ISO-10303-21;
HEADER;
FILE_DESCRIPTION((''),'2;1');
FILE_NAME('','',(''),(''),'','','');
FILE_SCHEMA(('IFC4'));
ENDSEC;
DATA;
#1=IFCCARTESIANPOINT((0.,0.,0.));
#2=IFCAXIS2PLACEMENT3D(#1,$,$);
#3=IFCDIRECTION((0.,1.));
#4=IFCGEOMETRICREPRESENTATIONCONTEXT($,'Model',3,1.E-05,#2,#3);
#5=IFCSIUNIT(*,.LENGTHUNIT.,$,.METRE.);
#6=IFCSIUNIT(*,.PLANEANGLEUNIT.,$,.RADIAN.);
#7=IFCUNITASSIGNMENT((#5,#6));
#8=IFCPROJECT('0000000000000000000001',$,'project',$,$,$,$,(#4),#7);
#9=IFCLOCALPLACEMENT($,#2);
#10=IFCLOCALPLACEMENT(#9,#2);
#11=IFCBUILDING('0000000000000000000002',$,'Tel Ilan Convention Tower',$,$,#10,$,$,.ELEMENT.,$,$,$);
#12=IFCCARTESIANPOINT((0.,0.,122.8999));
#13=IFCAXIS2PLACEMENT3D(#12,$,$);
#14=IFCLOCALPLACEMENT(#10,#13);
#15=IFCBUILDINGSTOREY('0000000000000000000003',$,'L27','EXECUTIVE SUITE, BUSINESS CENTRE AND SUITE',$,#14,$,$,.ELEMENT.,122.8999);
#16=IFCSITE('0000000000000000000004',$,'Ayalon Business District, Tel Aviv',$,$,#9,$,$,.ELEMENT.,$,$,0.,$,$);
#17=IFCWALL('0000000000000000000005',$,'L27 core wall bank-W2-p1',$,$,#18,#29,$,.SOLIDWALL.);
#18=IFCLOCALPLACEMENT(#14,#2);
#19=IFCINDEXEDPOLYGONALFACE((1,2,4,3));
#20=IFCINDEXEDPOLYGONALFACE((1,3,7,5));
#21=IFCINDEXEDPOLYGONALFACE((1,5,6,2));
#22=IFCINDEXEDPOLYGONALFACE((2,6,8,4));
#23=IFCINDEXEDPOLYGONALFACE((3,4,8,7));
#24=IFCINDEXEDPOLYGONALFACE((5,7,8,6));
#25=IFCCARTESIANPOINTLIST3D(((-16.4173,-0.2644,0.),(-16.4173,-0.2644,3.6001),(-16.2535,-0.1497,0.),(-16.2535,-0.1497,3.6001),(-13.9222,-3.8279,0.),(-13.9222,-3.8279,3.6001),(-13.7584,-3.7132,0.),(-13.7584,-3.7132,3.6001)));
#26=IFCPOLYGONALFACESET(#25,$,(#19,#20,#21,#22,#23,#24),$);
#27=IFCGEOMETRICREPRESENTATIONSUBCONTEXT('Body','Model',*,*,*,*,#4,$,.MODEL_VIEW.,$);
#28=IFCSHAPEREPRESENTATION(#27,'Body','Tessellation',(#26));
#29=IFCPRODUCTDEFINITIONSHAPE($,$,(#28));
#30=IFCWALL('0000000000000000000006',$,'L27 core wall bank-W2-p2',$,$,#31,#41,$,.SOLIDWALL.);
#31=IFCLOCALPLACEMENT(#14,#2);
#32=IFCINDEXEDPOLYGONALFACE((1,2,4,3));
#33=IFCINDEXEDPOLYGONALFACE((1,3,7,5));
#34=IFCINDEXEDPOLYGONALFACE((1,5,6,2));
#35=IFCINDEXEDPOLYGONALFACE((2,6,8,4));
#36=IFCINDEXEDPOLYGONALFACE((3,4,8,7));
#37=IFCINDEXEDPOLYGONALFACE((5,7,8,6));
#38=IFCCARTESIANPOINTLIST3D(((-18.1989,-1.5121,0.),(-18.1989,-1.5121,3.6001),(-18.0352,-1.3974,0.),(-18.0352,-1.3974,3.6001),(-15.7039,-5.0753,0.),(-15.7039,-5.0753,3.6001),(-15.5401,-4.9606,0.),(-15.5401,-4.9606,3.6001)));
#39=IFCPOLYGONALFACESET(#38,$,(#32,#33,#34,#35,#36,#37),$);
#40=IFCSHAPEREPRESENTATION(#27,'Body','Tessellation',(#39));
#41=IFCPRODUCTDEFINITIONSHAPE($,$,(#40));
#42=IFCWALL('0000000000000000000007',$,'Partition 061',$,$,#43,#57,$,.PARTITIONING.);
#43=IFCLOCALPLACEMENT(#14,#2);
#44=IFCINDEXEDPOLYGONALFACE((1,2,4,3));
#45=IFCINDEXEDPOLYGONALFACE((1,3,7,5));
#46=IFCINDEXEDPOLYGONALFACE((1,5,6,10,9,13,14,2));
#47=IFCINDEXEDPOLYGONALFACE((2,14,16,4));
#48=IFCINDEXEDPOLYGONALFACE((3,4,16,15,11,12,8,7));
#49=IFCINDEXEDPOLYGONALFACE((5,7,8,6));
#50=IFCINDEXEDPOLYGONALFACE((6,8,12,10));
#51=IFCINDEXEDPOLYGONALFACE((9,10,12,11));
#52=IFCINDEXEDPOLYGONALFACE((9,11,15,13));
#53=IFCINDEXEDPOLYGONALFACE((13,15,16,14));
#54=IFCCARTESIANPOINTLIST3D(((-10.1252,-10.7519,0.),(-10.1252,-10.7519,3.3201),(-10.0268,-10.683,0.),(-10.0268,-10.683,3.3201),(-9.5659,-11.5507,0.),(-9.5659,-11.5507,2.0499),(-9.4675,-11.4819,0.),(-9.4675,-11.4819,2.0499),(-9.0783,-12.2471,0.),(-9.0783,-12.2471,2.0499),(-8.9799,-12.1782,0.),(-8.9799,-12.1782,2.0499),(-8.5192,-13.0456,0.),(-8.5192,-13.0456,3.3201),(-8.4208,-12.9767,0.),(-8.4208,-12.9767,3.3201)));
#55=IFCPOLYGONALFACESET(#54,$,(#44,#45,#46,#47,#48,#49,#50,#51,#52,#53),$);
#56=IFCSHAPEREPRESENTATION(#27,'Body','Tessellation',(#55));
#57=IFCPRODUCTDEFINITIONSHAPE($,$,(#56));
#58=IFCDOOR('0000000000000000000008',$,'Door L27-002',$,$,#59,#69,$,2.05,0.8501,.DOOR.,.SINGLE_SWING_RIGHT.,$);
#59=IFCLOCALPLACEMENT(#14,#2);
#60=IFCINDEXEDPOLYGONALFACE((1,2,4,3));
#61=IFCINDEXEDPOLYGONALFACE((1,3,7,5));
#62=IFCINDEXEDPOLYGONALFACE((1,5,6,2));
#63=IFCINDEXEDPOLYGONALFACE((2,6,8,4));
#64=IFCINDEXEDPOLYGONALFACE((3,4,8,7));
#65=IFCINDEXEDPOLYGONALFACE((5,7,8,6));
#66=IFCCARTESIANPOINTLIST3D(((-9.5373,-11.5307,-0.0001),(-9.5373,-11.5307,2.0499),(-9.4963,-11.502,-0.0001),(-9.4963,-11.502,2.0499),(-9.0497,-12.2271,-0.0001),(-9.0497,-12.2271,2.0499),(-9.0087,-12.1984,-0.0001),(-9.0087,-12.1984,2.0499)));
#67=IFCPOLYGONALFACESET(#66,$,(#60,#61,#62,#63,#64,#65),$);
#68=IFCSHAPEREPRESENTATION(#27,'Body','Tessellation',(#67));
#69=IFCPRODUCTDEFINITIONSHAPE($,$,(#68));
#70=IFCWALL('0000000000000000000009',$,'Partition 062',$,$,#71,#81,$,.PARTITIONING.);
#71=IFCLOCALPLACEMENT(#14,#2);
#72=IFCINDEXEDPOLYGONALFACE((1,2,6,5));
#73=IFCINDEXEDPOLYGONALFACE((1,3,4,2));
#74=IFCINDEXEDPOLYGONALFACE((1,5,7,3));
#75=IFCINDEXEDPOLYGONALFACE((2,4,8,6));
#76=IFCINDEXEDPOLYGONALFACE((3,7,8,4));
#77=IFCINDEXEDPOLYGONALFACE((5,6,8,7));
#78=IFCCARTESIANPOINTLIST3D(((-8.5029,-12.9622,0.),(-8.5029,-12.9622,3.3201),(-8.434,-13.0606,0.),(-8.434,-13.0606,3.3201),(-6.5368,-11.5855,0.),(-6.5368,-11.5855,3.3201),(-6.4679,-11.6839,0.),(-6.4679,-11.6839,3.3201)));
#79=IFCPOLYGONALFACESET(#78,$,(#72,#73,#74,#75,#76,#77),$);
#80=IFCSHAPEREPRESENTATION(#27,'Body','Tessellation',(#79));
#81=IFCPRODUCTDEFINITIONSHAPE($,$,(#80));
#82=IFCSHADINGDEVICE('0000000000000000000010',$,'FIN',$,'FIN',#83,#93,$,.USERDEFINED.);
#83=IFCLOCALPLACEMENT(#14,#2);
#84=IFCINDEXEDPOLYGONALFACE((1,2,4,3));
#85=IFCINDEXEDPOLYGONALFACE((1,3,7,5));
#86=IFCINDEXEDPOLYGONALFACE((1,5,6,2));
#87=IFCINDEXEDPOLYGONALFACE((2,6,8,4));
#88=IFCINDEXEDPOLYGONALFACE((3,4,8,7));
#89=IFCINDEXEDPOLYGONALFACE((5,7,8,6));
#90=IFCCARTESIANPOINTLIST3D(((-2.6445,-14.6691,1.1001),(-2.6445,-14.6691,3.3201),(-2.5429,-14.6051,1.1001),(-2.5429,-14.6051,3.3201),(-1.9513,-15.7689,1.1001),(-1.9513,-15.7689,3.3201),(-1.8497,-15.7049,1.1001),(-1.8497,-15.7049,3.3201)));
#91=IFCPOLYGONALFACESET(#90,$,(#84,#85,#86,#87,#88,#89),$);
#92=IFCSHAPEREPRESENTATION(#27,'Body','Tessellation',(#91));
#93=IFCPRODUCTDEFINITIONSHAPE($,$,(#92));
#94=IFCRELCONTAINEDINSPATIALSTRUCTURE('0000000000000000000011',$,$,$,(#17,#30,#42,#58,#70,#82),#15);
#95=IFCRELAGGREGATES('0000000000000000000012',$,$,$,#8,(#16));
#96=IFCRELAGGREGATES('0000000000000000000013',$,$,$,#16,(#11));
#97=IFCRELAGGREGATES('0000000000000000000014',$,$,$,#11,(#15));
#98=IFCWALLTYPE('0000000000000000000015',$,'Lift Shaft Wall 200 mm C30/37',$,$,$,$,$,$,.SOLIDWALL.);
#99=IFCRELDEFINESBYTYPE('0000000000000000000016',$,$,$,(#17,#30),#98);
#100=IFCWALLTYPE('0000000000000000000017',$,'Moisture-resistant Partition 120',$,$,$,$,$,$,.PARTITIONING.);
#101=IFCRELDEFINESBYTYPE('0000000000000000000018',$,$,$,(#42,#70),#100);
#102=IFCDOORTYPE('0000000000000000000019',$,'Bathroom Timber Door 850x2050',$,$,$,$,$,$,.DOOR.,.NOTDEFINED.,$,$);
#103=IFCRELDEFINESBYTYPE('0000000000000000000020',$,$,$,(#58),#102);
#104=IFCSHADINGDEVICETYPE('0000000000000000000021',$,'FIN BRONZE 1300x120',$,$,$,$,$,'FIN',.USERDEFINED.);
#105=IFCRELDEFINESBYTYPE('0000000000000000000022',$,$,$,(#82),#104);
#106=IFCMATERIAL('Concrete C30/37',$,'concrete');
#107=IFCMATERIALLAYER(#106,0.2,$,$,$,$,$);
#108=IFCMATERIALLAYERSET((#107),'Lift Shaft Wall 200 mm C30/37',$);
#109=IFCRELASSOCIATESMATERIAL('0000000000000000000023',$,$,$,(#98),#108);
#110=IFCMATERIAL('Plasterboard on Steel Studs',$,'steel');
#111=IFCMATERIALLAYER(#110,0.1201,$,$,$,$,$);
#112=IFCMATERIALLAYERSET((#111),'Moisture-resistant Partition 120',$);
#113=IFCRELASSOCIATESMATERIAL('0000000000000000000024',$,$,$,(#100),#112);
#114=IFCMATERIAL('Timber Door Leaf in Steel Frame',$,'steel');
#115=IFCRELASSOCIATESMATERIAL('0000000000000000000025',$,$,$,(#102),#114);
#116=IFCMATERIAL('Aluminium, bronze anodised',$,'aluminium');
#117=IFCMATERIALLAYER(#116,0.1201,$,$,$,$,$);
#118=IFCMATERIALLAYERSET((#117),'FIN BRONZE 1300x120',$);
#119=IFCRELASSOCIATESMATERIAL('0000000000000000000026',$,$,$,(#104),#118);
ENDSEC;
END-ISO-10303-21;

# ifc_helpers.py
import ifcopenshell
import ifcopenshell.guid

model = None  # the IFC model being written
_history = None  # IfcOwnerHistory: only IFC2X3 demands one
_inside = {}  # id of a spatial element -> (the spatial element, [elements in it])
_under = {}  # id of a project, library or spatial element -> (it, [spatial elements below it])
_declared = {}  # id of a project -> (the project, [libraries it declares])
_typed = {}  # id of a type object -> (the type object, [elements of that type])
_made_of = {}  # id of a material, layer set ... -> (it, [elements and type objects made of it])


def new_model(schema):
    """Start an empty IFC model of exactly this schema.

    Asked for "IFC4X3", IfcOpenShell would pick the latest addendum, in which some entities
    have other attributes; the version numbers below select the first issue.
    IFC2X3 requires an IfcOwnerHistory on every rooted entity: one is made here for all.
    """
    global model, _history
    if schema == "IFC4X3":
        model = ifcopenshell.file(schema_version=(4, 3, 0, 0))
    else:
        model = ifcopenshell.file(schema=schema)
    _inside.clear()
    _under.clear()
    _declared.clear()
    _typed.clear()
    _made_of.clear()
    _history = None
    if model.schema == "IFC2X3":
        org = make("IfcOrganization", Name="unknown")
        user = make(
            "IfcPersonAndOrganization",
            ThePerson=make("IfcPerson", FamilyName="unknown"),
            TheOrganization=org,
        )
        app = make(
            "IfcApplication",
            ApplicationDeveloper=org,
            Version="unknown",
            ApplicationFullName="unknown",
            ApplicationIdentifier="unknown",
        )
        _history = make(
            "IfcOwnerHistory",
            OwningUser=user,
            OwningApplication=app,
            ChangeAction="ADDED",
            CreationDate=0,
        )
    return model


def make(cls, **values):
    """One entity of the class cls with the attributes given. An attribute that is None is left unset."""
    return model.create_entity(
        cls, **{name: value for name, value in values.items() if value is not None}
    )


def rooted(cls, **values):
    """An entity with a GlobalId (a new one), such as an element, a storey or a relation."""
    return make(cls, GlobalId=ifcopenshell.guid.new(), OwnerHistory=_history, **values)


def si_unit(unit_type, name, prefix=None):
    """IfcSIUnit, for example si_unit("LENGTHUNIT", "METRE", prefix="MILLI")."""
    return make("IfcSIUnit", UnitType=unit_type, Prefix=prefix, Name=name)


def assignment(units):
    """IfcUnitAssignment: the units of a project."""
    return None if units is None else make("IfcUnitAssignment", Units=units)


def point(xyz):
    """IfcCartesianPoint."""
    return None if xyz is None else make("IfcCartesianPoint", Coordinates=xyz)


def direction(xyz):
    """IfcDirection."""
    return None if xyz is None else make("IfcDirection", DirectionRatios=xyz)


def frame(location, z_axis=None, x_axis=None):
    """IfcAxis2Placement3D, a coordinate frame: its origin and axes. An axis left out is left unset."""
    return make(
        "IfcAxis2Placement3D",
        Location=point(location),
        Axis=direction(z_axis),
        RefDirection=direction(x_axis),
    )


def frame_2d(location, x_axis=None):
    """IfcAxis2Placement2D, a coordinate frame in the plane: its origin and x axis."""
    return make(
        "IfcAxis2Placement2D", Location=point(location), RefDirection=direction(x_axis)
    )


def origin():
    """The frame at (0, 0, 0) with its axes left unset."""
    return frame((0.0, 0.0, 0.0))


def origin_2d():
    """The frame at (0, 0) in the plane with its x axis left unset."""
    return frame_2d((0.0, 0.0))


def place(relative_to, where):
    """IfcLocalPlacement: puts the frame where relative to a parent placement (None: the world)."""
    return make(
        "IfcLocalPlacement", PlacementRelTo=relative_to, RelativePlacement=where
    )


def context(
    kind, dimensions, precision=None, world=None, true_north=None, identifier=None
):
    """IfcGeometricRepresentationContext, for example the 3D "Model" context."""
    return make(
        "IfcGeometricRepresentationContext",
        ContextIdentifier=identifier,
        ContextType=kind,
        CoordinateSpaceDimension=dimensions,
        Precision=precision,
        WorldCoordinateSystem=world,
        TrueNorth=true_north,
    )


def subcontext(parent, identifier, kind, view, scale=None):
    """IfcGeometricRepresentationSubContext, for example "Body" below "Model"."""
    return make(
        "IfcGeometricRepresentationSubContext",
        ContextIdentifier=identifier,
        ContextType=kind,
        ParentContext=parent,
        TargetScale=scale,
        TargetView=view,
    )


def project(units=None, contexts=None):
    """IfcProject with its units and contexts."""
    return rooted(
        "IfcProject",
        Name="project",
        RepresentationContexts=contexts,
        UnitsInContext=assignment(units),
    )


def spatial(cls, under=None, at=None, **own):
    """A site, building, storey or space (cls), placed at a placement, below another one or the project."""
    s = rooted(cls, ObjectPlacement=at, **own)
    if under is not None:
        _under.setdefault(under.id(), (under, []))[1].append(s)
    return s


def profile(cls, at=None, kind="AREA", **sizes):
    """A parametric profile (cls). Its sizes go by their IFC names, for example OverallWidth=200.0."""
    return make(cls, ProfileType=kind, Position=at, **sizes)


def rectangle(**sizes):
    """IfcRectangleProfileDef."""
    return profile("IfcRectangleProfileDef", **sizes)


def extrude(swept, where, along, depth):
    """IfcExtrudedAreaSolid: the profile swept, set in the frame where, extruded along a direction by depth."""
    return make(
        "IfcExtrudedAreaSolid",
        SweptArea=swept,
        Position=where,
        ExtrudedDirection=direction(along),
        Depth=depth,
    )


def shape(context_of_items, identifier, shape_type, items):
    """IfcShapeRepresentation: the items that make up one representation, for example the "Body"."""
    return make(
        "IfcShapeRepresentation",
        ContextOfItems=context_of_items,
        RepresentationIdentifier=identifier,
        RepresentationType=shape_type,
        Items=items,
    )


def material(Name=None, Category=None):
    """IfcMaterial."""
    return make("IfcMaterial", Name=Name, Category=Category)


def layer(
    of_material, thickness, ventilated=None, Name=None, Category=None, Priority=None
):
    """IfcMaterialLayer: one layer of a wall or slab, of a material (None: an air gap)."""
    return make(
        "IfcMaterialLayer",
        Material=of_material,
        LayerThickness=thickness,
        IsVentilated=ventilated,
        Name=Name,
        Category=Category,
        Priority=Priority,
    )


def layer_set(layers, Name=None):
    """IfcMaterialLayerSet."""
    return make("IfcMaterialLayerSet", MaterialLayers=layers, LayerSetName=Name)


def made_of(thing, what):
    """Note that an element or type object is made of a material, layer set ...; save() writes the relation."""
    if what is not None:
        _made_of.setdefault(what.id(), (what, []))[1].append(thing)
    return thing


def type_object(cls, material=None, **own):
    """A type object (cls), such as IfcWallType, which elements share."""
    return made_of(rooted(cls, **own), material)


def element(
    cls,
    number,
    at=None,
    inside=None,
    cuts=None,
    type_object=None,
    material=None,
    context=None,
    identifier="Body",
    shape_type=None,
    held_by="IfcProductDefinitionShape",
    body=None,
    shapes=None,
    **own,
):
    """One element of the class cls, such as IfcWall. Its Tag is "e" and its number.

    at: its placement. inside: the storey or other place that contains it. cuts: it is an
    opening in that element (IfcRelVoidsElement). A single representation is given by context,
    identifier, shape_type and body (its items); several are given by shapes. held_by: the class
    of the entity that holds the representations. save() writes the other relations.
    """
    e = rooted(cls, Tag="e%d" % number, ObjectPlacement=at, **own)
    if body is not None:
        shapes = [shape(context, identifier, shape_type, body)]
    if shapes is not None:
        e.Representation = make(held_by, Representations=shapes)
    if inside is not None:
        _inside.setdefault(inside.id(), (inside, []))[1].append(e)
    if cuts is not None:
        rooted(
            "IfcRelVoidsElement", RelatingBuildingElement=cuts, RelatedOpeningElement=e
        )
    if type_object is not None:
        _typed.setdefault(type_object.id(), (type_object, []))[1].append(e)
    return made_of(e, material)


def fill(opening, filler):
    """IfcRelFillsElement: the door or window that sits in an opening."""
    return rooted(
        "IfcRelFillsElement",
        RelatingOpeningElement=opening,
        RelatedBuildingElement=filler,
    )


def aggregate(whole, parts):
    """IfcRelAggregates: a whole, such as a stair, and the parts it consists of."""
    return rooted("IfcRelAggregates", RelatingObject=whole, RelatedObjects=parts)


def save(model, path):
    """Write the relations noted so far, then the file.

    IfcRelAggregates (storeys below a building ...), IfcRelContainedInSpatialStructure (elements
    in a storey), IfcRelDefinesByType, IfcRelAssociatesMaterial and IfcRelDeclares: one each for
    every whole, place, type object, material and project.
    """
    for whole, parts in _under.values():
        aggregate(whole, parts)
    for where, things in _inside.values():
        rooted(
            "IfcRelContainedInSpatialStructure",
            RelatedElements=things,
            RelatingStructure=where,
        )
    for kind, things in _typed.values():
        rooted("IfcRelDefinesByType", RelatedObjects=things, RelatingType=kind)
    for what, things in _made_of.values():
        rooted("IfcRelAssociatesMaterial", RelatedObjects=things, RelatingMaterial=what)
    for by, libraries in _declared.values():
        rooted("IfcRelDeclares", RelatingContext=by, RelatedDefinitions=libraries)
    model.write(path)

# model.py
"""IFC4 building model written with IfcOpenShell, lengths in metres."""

from ifc_helpers import new_model, si_unit, direction, frame, frame_2d, origin, origin_2d, place, context, subcontext, project, spatial, rectangle, extrude, material, layer, layer_set, type_object, element, fill, save


model = new_model("IFC4")

# Units and contexts
model_context = context("Model", 3, precision=1e-05, world=origin(), true_north=direction((0.0, 1.0)))
body_context = subcontext(model_context, "Body", "Model", "MODEL_VIEW")
ifc_project = project(units=[si_unit("LENGTHUNIT", "METRE"), si_unit("PLANEANGLEUNIT", "RADIAN")], contexts=[model_context])

# Site, building, storey
site_placement = place(None, origin())
site = spatial("IfcSite", under=ifc_project, at=site_placement, Name="Ayalon Business District, Tel Aviv", CompositionType="ELEMENT", RefElevation=0.0)
building_placement = place(site_placement, origin())
building = spatial("IfcBuilding", under=site, at=building_placement, Name="Tel Ilan Convention Tower", CompositionType="ELEMENT")
storey_placement = place(building_placement, frame((0.0, 0.0, 122.8999)))
storey = spatial("IfcBuildingStorey", under=building, at=storey_placement, Name="L27", Description="EXECUTIVE SUITE, BUSINESS CENTRE AND SUITE", CompositionType="ELEMENT", Elevation=122.8999)

# Walls
ifc_material_1 = material(Name="Concrete C30/37", Category="concrete")
ifc_layer_1 = layer(ifc_material_1, 0.2)
ifc_layer_set_1 = layer_set([ifc_layer_1], Name="Lift Shaft Wall 200 mm C30/37")
wall_type_1 = type_object("IfcWallType", Name="Lift Shaft Wall 200 mm C30/37", PredefinedType="SOLIDWALL", material=ifc_layer_set_1)
wall_1_placement = place(storey_placement, frame((-13.8403, -3.7705, 0.0), z_axis=(0.0, 0.0, 1.0), x_axis=(-0.573568, 0.819158, 0.0)))
element("IfcWall", 1, at=wall_1_placement, inside=storey, type_object=wall_type_1, Name="L27 core wall bank-W2-p1", PredefinedType="SOLIDWALL", context=body_context, shape_type="SweptSolid", body=[
    extrude(rectangle(XDim=4.3501, YDim=0.2, at=frame_2d((2.175, 0.0))), origin(), (0.0, 0.0, 1.0), 3.6001),
])
wall_2_placement = place(storey_placement, frame((-15.6221, -5.0178, 0.0), z_axis=(0.0, 0.0, 1.0), x_axis=(-0.573594, 0.81914, 0.0)))
element("IfcWall", 2, at=wall_2_placement, inside=storey, type_object=wall_type_1, Name="L27 core wall bank-W2-p2", PredefinedType="SOLIDWALL", context=body_context, shape_type="SweptSolid", body=[
    extrude(rectangle(XDim=4.3499, YDim=0.2, at=frame_2d((2.1748, 0.0))), origin(), (0.0, 0.0, 1.0), 3.6001),
])

# Wall, opening, door
ifc_material_2 = material(Name="Plasterboard on Steel Studs", Category="steel")
ifc_layer_2 = layer(ifc_material_2, 0.1201)
ifc_layer_set_2 = layer_set([ifc_layer_2], Name="Moisture-resistant Partition 120")
wall_type_2 = type_object("IfcWallType", Name="Moisture-resistant Partition 120", PredefinedType="PARTITIONING", material=ifc_layer_set_2)
wall_3_placement = place(storey_placement, frame((-10.0759, -10.7175, 0.0), z_axis=(0.0, 0.0, 1.0), x_axis=(0.57355, -0.81917, 0.0)))
wall_3 = element("IfcWall", 3, at=wall_3_placement, inside=storey, type_object=wall_type_2, Name="Partition 061", PredefinedType="PARTITIONING", context=body_context, shape_type="SweptSolid", body=[
    extrude(rectangle(XDim=2.8, YDim=0.1201, at=frame_2d((1.3999, 0.0))), origin(), (0.0, 0.0, 1.0), 3.3201),
])
opening_1_placement = place(wall_3_placement, frame((0.9751, 0.0, 0.0)))
opening_1 = element("IfcOpeningElement", 4, at=opening_1_placement, cuts=wall_3, PredefinedType="OPENING", context=body_context, shape_type="SweptSolid", body=[
    extrude(rectangle(XDim=0.8501, YDim=2.05, at=frame_2d((0.425, 1.0249))), frame((0.0, 0.0701, 0.0), z_axis=(0.0, -1.0, 0.0), x_axis=(1.0, 0.0, 0.0)), (0.0, 0.0, 1.0), 0.1401),
])
ifc_material_3 = material(Name="Timber Door Leaf in Steel Frame", Category="steel")
door_type_1 = type_object("IfcDoorType", Name="Bathroom Timber Door 850x2050", OperationType="NOTDEFINED", PredefinedType="DOOR", material=ifc_material_3)
door_1_placement = place(opening_1_placement, origin())
door_1 = element("IfcDoor", 5, at=door_1_placement, inside=storey, type_object=door_type_1, Name="Door L27-002", OperationType="SINGLE_SWING_RIGHT", OverallHeight=2.05, OverallWidth=0.8501, PredefinedType="DOOR", context=body_context, shape_type="SweptSolid", body=[
    extrude(rectangle(XDim=0.8501, YDim=2.05, at=frame_2d((0.425, 1.0249))), frame((0.0, 0.0249, 0.0), z_axis=(0.0, -1.0, 0.0), x_axis=(1.0, 0.0, 0.0)), (0.0, 0.0, 1.0), 0.05),
])
fill(opening_1, door_1)

# Wall
wall_4_placement = place(storey_placement, frame((-8.4685, -13.0115, 0.0), z_axis=(0.0, 0.0, 1.0), x_axis=(0.819141, 0.573592, 0.0)))
element("IfcWall", 6, at=wall_4_placement, inside=storey, type_object=wall_type_2, Name="Partition 062", PredefinedType="PARTITIONING", context=body_context, shape_type="SweptSolid", body=[
    extrude(rectangle(XDim=2.4001, YDim=0.1201, at=frame_2d((1.2002, 0.0))), origin(), (0.0, 0.0, 1.0), 3.3201),
])

# Shading device
ifc_material_4 = material(Name="Aluminium, bronze anodised", Category="aluminium")
ifc_layer_3 = layer(ifc_material_4, 0.1201)
ifc_layer_set_3 = layer_set([ifc_layer_3], Name="FIN BRONZE 1300x120")
shading_device_type = type_object("IfcShadingDeviceType", Name="FIN BRONZE 1300x120", ElementType="FIN", PredefinedType="USERDEFINED", material=ifc_layer_set_3)
shading_device_placement = place(storey_placement, frame((-2.2471, -15.187, 1.1001), z_axis=(0.0, 0.0, 1.0), x_axis=(0.533204, -0.845986, 0.0)))
element("IfcShadingDevice", 7, at=shading_device_placement, inside=storey, type_object=shading_device_type, Name="FIN", ObjectType="FIN", PredefinedType="USERDEFINED", context=body_context, shape_type="SweptSolid", body=[
    extrude(rectangle(XDim=1.3, YDim=0.1201, at=origin_2d()), origin(), (0.0, 0.0, 1.0), 2.22),
])

save(model, "model.ifc")
